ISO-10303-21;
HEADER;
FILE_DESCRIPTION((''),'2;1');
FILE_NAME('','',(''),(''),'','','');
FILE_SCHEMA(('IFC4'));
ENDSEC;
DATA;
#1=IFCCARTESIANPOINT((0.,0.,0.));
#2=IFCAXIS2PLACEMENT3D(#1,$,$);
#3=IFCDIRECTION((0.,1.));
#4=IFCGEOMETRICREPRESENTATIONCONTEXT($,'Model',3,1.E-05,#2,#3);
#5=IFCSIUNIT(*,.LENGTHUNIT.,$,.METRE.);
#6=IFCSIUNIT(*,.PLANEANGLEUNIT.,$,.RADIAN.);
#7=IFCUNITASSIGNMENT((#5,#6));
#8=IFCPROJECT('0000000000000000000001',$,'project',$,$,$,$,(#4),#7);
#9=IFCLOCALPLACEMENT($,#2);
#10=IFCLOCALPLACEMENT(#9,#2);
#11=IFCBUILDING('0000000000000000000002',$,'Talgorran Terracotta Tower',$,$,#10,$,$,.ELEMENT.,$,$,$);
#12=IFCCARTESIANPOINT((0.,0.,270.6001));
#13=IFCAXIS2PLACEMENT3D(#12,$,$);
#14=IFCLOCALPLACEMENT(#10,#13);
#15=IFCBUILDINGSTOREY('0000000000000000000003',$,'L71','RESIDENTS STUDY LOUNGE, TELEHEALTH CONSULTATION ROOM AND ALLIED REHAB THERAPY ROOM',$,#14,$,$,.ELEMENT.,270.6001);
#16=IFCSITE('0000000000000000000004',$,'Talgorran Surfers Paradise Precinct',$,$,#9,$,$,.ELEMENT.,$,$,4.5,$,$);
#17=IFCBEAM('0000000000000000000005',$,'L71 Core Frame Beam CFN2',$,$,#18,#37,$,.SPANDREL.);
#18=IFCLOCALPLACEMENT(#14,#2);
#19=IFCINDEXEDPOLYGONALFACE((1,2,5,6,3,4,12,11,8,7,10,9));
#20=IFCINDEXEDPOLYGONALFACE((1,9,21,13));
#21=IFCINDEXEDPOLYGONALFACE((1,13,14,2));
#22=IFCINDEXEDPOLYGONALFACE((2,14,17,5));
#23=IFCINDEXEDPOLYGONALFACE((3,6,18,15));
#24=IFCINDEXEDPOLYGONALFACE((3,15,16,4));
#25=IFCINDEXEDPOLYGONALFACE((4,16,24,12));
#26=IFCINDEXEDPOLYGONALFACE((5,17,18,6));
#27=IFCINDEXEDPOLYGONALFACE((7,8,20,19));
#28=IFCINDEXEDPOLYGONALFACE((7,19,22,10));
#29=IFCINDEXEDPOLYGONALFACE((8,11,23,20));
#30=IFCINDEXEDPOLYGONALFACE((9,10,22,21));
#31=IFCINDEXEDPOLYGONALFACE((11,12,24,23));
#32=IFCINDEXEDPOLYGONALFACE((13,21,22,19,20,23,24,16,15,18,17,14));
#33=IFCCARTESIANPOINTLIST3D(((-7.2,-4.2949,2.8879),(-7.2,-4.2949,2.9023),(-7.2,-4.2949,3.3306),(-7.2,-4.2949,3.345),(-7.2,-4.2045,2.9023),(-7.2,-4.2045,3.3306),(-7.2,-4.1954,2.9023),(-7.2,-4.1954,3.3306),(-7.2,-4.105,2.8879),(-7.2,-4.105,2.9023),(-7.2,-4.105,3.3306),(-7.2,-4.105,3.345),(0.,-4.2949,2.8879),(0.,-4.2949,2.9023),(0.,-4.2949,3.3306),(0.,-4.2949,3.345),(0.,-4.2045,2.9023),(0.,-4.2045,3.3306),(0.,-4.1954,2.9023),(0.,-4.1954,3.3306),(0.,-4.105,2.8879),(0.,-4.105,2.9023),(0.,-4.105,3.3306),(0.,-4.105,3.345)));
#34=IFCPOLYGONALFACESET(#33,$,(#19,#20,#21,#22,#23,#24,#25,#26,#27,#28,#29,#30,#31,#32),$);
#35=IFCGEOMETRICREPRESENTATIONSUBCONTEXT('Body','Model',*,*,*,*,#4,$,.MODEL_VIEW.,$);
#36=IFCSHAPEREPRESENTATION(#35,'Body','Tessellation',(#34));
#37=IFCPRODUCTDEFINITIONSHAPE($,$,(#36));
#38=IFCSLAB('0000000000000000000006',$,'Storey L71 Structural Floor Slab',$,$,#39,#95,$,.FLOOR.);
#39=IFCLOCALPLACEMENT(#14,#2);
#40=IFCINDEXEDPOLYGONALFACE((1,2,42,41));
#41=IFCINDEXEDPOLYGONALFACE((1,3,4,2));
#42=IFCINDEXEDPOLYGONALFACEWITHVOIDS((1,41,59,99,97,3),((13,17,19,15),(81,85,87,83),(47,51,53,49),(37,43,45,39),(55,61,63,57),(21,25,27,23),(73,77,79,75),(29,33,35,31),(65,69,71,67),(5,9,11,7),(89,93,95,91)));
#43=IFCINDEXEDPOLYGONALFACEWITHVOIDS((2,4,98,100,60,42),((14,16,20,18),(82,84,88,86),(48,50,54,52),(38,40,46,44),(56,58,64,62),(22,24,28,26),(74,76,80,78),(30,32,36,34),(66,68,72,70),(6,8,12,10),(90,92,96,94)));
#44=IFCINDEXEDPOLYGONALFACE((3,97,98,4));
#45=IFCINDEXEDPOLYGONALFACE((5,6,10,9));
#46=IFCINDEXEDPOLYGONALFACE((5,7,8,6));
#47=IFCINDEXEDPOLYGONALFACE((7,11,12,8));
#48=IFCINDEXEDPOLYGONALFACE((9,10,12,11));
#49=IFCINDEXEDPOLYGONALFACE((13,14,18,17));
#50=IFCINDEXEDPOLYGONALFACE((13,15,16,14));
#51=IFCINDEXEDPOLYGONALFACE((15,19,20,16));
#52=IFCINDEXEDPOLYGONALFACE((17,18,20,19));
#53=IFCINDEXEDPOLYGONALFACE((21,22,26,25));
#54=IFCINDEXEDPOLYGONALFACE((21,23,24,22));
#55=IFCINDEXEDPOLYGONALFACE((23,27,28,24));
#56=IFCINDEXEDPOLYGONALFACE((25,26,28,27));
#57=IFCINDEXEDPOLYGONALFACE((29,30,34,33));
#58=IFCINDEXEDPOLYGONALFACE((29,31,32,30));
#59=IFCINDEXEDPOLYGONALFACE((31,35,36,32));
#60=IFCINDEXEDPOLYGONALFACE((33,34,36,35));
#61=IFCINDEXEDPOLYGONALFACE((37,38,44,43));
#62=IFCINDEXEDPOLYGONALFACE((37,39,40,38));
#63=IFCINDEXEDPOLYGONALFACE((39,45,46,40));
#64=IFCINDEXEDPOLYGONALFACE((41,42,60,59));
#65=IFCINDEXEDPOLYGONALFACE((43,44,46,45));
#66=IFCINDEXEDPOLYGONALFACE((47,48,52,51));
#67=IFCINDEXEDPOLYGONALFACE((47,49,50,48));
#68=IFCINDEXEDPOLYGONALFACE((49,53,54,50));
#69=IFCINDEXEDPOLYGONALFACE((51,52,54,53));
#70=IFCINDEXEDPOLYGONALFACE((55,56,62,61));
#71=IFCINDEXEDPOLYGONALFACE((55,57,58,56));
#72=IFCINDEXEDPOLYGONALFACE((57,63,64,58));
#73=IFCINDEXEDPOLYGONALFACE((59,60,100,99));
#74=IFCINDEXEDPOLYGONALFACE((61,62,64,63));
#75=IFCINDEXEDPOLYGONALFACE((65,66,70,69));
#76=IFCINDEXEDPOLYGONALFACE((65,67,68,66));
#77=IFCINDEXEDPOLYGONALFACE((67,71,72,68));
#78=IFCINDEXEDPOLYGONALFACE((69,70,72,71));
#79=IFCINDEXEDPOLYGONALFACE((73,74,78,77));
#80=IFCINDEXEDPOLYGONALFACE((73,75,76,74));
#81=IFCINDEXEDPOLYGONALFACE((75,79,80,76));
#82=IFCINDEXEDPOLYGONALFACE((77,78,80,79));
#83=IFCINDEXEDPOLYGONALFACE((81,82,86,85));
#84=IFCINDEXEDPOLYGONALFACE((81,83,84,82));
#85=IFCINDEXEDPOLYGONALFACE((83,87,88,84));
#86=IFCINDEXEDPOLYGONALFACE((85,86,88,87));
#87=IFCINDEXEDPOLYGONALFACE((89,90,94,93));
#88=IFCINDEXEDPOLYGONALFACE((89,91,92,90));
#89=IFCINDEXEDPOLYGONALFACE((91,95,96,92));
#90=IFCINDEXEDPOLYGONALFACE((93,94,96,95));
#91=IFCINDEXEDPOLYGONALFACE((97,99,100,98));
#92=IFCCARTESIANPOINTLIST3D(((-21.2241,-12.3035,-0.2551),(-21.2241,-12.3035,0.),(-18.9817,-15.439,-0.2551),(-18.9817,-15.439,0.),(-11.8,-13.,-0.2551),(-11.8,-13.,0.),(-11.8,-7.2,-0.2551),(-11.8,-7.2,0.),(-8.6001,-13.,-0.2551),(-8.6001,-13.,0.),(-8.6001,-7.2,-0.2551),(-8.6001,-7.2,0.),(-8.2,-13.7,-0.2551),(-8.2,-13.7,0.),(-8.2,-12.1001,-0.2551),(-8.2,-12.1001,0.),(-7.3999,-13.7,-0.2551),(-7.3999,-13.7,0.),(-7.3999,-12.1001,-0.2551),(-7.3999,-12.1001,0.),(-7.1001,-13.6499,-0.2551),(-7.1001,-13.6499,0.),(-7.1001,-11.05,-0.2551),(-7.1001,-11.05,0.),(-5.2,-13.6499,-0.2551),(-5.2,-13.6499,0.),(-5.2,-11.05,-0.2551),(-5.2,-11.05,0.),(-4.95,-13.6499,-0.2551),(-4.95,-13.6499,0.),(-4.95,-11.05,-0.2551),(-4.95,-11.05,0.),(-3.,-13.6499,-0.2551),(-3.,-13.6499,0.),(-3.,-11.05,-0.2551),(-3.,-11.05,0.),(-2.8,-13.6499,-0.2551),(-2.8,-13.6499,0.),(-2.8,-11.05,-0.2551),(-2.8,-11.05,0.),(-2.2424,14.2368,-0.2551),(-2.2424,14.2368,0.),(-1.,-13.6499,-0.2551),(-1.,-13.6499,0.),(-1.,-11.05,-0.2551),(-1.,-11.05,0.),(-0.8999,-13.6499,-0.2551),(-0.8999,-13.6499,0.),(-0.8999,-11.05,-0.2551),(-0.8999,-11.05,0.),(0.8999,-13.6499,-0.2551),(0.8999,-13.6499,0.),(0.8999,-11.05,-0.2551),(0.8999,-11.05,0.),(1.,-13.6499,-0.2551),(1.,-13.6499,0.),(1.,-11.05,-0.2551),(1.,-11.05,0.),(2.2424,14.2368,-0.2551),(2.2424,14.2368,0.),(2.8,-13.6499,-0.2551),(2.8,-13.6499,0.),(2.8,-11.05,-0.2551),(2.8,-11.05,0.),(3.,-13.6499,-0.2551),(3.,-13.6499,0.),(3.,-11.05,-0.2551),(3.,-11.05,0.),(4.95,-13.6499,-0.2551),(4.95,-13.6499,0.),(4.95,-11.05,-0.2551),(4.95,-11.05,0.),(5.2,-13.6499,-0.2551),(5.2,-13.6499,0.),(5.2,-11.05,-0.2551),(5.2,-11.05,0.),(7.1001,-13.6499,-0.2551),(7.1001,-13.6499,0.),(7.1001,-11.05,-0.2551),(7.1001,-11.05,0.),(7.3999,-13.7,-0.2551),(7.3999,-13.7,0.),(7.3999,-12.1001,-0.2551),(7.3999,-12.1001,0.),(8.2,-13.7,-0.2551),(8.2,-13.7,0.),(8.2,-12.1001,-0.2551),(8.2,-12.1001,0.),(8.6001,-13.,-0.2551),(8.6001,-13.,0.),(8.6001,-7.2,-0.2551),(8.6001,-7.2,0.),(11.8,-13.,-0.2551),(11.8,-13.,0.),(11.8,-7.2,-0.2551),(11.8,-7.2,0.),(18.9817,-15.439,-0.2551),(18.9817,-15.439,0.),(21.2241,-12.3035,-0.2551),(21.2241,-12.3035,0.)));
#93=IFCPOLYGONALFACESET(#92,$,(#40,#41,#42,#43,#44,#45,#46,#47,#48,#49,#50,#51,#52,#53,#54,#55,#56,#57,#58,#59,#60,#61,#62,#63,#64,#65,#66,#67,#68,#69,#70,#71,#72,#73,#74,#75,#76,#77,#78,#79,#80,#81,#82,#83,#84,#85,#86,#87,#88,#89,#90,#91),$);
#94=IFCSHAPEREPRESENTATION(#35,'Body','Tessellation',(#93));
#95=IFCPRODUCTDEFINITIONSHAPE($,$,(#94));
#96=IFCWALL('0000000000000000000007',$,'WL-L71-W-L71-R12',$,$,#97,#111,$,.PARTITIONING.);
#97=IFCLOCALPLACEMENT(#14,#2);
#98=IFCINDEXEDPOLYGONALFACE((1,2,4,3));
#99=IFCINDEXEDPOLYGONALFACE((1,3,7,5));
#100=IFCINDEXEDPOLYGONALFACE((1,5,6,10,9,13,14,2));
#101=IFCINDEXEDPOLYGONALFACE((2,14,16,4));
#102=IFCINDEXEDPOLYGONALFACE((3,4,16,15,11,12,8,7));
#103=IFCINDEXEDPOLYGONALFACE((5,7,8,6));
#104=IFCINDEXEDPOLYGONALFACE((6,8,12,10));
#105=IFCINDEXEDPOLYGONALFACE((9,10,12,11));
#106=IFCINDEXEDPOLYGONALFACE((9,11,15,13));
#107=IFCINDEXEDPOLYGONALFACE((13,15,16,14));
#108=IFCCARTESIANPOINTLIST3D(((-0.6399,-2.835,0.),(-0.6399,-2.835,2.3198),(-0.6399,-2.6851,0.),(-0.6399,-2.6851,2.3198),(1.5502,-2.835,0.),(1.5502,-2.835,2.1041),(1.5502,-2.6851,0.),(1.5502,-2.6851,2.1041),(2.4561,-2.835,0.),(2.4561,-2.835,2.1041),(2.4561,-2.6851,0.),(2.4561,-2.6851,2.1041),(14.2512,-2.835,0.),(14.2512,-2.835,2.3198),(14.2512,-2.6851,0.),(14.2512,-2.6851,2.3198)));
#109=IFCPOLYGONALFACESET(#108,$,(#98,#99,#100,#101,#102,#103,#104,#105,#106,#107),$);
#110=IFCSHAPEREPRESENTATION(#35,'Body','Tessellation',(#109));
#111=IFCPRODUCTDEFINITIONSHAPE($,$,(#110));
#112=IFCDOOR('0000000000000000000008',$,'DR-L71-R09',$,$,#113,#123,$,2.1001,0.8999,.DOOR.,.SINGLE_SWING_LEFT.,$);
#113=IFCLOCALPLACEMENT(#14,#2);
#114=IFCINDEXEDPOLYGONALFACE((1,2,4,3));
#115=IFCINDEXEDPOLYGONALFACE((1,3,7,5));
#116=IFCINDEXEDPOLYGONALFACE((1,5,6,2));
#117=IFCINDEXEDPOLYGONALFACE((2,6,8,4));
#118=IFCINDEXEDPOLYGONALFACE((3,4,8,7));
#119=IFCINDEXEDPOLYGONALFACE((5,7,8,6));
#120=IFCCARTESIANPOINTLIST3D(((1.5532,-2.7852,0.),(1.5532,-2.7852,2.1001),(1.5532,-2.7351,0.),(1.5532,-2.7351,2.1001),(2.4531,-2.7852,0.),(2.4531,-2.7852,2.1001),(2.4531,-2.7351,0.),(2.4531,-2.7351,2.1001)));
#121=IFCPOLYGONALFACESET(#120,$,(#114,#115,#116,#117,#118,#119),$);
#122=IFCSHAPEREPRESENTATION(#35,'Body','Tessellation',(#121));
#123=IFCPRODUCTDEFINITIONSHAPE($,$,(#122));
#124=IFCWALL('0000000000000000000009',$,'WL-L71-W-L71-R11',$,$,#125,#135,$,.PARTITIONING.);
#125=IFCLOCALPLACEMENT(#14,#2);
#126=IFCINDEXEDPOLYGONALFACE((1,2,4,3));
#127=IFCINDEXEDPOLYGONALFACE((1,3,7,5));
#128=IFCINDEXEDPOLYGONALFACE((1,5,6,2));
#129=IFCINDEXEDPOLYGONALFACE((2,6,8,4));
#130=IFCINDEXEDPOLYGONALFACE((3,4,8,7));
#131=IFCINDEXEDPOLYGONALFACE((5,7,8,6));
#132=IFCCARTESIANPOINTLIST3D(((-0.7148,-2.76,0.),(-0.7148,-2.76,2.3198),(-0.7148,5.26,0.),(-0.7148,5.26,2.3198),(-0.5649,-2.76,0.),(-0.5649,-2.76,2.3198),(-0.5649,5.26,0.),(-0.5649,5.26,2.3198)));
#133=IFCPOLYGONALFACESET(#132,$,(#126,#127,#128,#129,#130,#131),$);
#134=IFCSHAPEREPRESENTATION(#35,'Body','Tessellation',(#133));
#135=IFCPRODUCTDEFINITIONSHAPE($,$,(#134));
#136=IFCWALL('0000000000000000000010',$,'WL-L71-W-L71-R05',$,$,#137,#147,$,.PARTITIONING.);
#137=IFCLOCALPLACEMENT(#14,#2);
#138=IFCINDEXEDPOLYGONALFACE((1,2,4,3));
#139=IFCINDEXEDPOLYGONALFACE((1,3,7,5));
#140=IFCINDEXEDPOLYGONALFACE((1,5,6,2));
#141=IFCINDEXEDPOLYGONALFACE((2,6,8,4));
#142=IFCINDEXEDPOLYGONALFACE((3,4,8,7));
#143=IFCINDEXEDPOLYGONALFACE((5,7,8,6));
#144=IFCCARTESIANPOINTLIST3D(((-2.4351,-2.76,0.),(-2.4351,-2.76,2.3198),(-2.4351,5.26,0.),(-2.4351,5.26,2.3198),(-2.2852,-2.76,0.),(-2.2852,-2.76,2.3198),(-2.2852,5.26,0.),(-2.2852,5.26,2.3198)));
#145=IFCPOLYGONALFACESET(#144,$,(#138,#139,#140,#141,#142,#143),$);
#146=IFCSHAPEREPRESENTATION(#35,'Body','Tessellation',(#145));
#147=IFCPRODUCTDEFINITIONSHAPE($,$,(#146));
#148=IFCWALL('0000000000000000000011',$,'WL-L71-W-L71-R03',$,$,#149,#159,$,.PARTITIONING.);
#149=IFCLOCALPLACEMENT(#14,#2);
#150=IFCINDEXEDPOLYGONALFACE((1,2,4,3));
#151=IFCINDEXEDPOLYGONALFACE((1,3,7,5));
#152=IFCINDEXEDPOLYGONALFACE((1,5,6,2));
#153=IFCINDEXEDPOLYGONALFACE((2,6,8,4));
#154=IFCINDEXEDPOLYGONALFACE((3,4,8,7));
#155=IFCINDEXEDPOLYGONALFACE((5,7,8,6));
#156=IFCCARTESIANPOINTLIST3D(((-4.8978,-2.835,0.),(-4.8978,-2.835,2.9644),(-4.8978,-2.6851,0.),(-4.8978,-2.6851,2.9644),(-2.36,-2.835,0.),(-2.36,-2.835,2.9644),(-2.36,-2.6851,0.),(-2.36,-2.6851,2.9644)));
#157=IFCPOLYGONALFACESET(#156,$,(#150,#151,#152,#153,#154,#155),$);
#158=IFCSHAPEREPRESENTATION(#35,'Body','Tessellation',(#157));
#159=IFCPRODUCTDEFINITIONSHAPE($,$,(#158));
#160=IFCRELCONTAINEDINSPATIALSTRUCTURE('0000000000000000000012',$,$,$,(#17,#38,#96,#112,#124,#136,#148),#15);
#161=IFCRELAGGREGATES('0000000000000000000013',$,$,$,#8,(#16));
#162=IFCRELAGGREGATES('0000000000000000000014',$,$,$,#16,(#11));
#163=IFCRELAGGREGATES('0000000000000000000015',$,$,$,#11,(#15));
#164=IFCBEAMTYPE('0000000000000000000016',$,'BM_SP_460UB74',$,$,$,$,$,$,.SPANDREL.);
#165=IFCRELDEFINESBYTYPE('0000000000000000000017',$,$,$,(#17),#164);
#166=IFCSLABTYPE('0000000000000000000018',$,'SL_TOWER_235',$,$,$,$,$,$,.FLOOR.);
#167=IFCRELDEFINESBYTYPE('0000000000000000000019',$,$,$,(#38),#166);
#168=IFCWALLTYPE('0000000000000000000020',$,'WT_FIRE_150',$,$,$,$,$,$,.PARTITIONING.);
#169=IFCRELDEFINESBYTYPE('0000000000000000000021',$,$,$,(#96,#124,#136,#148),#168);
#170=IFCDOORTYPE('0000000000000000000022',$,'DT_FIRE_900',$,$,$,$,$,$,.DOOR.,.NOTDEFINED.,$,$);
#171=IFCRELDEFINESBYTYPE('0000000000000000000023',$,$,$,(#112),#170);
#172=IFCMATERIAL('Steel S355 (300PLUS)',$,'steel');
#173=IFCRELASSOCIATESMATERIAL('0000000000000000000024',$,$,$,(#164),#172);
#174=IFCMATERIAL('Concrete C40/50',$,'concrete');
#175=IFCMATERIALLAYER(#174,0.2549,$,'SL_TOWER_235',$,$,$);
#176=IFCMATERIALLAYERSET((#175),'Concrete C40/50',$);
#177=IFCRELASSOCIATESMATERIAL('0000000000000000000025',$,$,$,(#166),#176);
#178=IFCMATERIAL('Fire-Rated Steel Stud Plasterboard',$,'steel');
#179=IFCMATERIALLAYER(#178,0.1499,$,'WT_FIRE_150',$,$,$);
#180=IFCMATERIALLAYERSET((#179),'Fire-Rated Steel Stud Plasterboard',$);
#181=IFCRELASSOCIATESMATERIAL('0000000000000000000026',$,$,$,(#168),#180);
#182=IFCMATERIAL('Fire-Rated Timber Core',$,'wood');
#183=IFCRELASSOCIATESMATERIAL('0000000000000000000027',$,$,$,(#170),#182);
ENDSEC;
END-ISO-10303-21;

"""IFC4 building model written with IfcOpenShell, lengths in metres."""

from ifc_helpers import new_model, si_unit, direction, frame, frame_2d, origin, origin_2d, place, context, subcontext, project, spatial, polyline, rectangle, i_section, outline, extrude, material, layer, layer_set, material_profile, profile_set, type_object, element, fill, save


model = new_model("IFC4")

# Units and contexts
model_context = context("Model", 3, precision=1e-05, world=origin(), true_north=direction((0.0, 1.0)))
body_context = subcontext(model_context, "Body", "Model", "MODEL_VIEW")
ifc_project = project(units=[si_unit("LENGTHUNIT", "METRE"), si_unit("PLANEANGLEUNIT", "RADIAN")], contexts=[model_context])

# Site, building, storey
site_placement = place(None, origin())
site = spatial("IfcSite", under=ifc_project, at=site_placement, Name="Talgorran Surfers Paradise Precinct", CompositionType="ELEMENT", RefElevation=4.5)
building_placement = place(site_placement, origin())
building = spatial("IfcBuilding", under=site, at=building_placement, Name="Talgorran Terracotta Tower", CompositionType="ELEMENT")
storey_placement = place(building_placement, frame((0.0, 0.0, 270.6001)))
storey = spatial("IfcBuildingStorey", under=building, at=storey_placement, Name="L71", Description="RESIDENTS STUDY LOUNGE, TELEHEALTH CONSULTATION ROOM AND ALLIED REHAB THERAPY ROOM", CompositionType="ELEMENT", Elevation=270.6001)

# Shared definitions
ifc_material_1 = material(Name="Steel S355 (300PLUS)", Category="steel")

# Beam
ifc_material_profile_1 = material_profile(ifc_material_1, i_section(OverallWidth=0.1899, OverallDepth=0.457, WebThickness=0.009, FlangeThickness=0.0144, at=origin_2d()), Name="460UB74.6")
ifc_profile_set_1 = profile_set([ifc_material_profile_1], Name="Steel S355 (300PLUS)")
beam_type_1 = type_object("IfcBeamType", Name="BM_SP_460UB74", PredefinedType="SPANDREL", material=ifc_profile_set_1)
beam_1_placement = place(storey_placement, frame((-7.2, -4.2, 3.1165), z_axis=(1.0, 0.0, 0.0), x_axis=(0.0, 1.0, 0.0)))
element("IfcBeam", 1, at=beam_1_placement, inside=storey, type_object=beam_type_1, Name="L71 Core Frame Beam CFN2", PredefinedType="SPANDREL", context=body_context, shape_type="SweptSolid", body=[
    extrude(i_section(OverallWidth=0.1899, OverallDepth=0.457, WebThickness=0.009, FlangeThickness=0.0144, at=origin_2d()), origin(), (0.0, 0.0, 1.0), 7.2),
])

# Slab
ifc_material_2 = material(Name="Concrete C40/50", Category="concrete")
ifc_layer_1 = layer(ifc_material_2, 0.2549, Name="SL_TOWER_235")
ifc_layer_set_1 = layer_set([ifc_layer_1], Name="Concrete C40/50")
slab_type = type_object("IfcSlabType", Name="SL_TOWER_235", PredefinedType="FLOOR", material=ifc_layer_set_1)
slab_placement = place(storey_placement, frame((0.0, 0.0, -0.2551)))
element("IfcSlab", 2, at=slab_placement, inside=storey, type_object=slab_type, Name="Storey L71 Structural Floor Slab", PredefinedType="FLOOR", context=body_context, shape_type="SweptSolid", body=[
    extrude(outline(polyline([(-21.2241, -12.3035), (-18.9817, -15.439), (18.9817, -15.439), (21.2241, -12.3035), (2.2424, 14.2368), (-2.2424, 14.2368), (-21.2241, -12.3035)]), holes=[polyline([(-11.8, -7.2), (-11.8, -13.0), (-8.6001, -13.0), (-8.6001, -7.2), (-11.8, -7.2)]), polyline([(8.6001, -7.2), (8.6001, -13.0), (11.8, -13.0), (11.8, -7.2), (8.6001, -7.2)]), polyline([(-7.1001, -13.6499), (-5.2, -13.6499), (-5.2, -11.05), (-7.1001, -11.05), (-7.1001, -13.6499)]), polyline([(5.2, -13.6499), (7.1001, -13.6499), (7.1001, -11.05), (5.2, -11.05), (5.2, -13.6499)]), polyline([(3.0, -13.6499), (4.95, -13.6499), (4.95, -11.05), (3.0, -11.05), (3.0, -13.6499)]), polyline([(-4.95, -13.6499), (-3.0, -13.6499), (-3.0, -11.05), (-4.95, -11.05), (-4.95, -13.6499)]), polyline([(-2.8, -13.6499), (-1.0, -13.6499), (-1.0, -11.05), (-2.8, -11.05), (-2.8, -13.6499)]), polyline([(-0.8999, -13.6499), (0.8999, -13.6499), (0.8999, -11.05), (-0.8999, -11.05), (-0.8999, -13.6499)]), polyline([(1.0, -13.6499), (2.8, -13.6499), (2.8, -11.05), (1.0, -11.05), (1.0, -13.6499)]), polyline([(-8.2, -13.7), (-7.3999, -13.7), (-7.3999, -12.1001), (-8.2, -12.1001), (-8.2, -13.7)]), polyline([(7.3999, -13.7), (8.2, -13.7), (8.2, -12.1001), (7.3999, -12.1001), (7.3999, -13.7)])]), origin(), (0.0, 0.0, 1.0), 0.2551),
])

# Wall, opening, door
ifc_material_3 = material(Name="Fire-Rated Steel Stud Plasterboard", Category="steel")
ifc_layer_2 = layer(ifc_material_3, 0.1499, Name="WT_FIRE_150")
ifc_layer_set_2 = layer_set([ifc_layer_2], Name="Fire-Rated Steel Stud Plasterboard")
wall_type_1 = type_object("IfcWallType", Name="WT_FIRE_150", PredefinedType="PARTITIONING", material=ifc_layer_set_2)
wall_1_placement = place(storey_placement, frame((-0.6399, -2.76, 0.0), z_axis=(0.0, 0.0, 1.0), x_axis=(1.0, 0.0, 0.0)))
wall_1 = element("IfcWall", 3, at=wall_1_placement, inside=storey, type_object=wall_type_1, Name="WL-L71-W-L71-R12", PredefinedType="PARTITIONING", context=body_context, shape_type="SweptSolid", body=[
    extrude(rectangle(XDim=14.8911, YDim=0.1499, at=frame_2d((7.4456, 0.0))), origin(), (0.0, 0.0, 1.0), 2.3198),
])
opening_1_placement = place(wall_1_placement, frame((2.1931, 0.0, 0.0)))
opening_1 = element("IfcOpeningElement", 4, at=opening_1_placement, cuts=wall_1, PredefinedType="OPENING", context=body_context, shape_type="SweptSolid", body=[
    extrude(rectangle(XDim=0.9059, YDim=2.1041, at=frame_2d((0.45, 1.052))), frame((0.0, 0.085, 0.0), z_axis=(0.0, -1.0, 0.0), x_axis=(1.0, 0.0, 0.0)), (0.0, 0.0, 1.0), 0.1699),
])
ifc_material_4 = material(Name="Fire-Rated Timber Core", Category="wood")
door_type_1 = type_object("IfcDoorType", Name="DT_FIRE_900", OperationType="NOTDEFINED", PredefinedType="DOOR", material=ifc_material_4)
door_1_placement = place(opening_1_placement, origin())
door_1 = element("IfcDoor", 5, at=door_1_placement, inside=storey, type_object=door_type_1, Name="DR-L71-R09", OperationType="SINGLE_SWING_LEFT", OverallHeight=2.1001, OverallWidth=0.8999, PredefinedType="DOOR", context=body_context, shape_type="SweptSolid", body=[
    extrude(rectangle(XDim=0.8999, YDim=2.1001, at=frame_2d((0.45, 1.05))), frame((0.0, 0.0249, 0.0), z_axis=(0.0, -1.0, 0.0), x_axis=(1.0, 0.0, 0.0)), (0.0, 0.0, 1.0), 0.05),
])
fill(opening_1, door_1)

# Walls
for number, where, z_axis, x_axis, name in (
    (6, (-0.6399, -2.76, 0.0), (0.0, 0.0, 1.0), (0.0, 1.0, 0.0), "WL-L71-W-L71-R11"),
    (7, (-2.3601, -2.76, 0.0), (0.0, 0.0, 1.0), (0.0, 1.0, 0.0), "WL-L71-W-L71-R05"),
):
    element("IfcWall", number, at=place(storey_placement, frame(where, z_axis=z_axis, x_axis=x_axis)), inside=storey, type_object=wall_type_1, Name=name, PredefinedType="PARTITIONING", context=body_context, shape_type="SweptSolid", body=[
        extrude(rectangle(XDim=8.02, YDim=0.1499, at=frame_2d((4.01, 0.0))), origin(), (0.0, 0.0, 1.0), 2.3198),
    ])
wall_2_placement = place(storey_placement, frame((-4.8979, -2.76, 0.0), z_axis=(0.0, 0.0, 1.0), x_axis=(1.0, 0.0, 0.0)))
element("IfcWall", 8, at=wall_2_placement, inside=storey, type_object=wall_type_1, Name="WL-L71-W-L71-R03", PredefinedType="PARTITIONING", context=body_context, shape_type="SweptSolid", body=[
    extrude(rectangle(XDim=2.5378, YDim=0.1499, at=frame_2d((1.269, 0.0))), origin(), (0.0, 0.0, 1.0), 2.9644),
])

save(model, "model.ifc")
